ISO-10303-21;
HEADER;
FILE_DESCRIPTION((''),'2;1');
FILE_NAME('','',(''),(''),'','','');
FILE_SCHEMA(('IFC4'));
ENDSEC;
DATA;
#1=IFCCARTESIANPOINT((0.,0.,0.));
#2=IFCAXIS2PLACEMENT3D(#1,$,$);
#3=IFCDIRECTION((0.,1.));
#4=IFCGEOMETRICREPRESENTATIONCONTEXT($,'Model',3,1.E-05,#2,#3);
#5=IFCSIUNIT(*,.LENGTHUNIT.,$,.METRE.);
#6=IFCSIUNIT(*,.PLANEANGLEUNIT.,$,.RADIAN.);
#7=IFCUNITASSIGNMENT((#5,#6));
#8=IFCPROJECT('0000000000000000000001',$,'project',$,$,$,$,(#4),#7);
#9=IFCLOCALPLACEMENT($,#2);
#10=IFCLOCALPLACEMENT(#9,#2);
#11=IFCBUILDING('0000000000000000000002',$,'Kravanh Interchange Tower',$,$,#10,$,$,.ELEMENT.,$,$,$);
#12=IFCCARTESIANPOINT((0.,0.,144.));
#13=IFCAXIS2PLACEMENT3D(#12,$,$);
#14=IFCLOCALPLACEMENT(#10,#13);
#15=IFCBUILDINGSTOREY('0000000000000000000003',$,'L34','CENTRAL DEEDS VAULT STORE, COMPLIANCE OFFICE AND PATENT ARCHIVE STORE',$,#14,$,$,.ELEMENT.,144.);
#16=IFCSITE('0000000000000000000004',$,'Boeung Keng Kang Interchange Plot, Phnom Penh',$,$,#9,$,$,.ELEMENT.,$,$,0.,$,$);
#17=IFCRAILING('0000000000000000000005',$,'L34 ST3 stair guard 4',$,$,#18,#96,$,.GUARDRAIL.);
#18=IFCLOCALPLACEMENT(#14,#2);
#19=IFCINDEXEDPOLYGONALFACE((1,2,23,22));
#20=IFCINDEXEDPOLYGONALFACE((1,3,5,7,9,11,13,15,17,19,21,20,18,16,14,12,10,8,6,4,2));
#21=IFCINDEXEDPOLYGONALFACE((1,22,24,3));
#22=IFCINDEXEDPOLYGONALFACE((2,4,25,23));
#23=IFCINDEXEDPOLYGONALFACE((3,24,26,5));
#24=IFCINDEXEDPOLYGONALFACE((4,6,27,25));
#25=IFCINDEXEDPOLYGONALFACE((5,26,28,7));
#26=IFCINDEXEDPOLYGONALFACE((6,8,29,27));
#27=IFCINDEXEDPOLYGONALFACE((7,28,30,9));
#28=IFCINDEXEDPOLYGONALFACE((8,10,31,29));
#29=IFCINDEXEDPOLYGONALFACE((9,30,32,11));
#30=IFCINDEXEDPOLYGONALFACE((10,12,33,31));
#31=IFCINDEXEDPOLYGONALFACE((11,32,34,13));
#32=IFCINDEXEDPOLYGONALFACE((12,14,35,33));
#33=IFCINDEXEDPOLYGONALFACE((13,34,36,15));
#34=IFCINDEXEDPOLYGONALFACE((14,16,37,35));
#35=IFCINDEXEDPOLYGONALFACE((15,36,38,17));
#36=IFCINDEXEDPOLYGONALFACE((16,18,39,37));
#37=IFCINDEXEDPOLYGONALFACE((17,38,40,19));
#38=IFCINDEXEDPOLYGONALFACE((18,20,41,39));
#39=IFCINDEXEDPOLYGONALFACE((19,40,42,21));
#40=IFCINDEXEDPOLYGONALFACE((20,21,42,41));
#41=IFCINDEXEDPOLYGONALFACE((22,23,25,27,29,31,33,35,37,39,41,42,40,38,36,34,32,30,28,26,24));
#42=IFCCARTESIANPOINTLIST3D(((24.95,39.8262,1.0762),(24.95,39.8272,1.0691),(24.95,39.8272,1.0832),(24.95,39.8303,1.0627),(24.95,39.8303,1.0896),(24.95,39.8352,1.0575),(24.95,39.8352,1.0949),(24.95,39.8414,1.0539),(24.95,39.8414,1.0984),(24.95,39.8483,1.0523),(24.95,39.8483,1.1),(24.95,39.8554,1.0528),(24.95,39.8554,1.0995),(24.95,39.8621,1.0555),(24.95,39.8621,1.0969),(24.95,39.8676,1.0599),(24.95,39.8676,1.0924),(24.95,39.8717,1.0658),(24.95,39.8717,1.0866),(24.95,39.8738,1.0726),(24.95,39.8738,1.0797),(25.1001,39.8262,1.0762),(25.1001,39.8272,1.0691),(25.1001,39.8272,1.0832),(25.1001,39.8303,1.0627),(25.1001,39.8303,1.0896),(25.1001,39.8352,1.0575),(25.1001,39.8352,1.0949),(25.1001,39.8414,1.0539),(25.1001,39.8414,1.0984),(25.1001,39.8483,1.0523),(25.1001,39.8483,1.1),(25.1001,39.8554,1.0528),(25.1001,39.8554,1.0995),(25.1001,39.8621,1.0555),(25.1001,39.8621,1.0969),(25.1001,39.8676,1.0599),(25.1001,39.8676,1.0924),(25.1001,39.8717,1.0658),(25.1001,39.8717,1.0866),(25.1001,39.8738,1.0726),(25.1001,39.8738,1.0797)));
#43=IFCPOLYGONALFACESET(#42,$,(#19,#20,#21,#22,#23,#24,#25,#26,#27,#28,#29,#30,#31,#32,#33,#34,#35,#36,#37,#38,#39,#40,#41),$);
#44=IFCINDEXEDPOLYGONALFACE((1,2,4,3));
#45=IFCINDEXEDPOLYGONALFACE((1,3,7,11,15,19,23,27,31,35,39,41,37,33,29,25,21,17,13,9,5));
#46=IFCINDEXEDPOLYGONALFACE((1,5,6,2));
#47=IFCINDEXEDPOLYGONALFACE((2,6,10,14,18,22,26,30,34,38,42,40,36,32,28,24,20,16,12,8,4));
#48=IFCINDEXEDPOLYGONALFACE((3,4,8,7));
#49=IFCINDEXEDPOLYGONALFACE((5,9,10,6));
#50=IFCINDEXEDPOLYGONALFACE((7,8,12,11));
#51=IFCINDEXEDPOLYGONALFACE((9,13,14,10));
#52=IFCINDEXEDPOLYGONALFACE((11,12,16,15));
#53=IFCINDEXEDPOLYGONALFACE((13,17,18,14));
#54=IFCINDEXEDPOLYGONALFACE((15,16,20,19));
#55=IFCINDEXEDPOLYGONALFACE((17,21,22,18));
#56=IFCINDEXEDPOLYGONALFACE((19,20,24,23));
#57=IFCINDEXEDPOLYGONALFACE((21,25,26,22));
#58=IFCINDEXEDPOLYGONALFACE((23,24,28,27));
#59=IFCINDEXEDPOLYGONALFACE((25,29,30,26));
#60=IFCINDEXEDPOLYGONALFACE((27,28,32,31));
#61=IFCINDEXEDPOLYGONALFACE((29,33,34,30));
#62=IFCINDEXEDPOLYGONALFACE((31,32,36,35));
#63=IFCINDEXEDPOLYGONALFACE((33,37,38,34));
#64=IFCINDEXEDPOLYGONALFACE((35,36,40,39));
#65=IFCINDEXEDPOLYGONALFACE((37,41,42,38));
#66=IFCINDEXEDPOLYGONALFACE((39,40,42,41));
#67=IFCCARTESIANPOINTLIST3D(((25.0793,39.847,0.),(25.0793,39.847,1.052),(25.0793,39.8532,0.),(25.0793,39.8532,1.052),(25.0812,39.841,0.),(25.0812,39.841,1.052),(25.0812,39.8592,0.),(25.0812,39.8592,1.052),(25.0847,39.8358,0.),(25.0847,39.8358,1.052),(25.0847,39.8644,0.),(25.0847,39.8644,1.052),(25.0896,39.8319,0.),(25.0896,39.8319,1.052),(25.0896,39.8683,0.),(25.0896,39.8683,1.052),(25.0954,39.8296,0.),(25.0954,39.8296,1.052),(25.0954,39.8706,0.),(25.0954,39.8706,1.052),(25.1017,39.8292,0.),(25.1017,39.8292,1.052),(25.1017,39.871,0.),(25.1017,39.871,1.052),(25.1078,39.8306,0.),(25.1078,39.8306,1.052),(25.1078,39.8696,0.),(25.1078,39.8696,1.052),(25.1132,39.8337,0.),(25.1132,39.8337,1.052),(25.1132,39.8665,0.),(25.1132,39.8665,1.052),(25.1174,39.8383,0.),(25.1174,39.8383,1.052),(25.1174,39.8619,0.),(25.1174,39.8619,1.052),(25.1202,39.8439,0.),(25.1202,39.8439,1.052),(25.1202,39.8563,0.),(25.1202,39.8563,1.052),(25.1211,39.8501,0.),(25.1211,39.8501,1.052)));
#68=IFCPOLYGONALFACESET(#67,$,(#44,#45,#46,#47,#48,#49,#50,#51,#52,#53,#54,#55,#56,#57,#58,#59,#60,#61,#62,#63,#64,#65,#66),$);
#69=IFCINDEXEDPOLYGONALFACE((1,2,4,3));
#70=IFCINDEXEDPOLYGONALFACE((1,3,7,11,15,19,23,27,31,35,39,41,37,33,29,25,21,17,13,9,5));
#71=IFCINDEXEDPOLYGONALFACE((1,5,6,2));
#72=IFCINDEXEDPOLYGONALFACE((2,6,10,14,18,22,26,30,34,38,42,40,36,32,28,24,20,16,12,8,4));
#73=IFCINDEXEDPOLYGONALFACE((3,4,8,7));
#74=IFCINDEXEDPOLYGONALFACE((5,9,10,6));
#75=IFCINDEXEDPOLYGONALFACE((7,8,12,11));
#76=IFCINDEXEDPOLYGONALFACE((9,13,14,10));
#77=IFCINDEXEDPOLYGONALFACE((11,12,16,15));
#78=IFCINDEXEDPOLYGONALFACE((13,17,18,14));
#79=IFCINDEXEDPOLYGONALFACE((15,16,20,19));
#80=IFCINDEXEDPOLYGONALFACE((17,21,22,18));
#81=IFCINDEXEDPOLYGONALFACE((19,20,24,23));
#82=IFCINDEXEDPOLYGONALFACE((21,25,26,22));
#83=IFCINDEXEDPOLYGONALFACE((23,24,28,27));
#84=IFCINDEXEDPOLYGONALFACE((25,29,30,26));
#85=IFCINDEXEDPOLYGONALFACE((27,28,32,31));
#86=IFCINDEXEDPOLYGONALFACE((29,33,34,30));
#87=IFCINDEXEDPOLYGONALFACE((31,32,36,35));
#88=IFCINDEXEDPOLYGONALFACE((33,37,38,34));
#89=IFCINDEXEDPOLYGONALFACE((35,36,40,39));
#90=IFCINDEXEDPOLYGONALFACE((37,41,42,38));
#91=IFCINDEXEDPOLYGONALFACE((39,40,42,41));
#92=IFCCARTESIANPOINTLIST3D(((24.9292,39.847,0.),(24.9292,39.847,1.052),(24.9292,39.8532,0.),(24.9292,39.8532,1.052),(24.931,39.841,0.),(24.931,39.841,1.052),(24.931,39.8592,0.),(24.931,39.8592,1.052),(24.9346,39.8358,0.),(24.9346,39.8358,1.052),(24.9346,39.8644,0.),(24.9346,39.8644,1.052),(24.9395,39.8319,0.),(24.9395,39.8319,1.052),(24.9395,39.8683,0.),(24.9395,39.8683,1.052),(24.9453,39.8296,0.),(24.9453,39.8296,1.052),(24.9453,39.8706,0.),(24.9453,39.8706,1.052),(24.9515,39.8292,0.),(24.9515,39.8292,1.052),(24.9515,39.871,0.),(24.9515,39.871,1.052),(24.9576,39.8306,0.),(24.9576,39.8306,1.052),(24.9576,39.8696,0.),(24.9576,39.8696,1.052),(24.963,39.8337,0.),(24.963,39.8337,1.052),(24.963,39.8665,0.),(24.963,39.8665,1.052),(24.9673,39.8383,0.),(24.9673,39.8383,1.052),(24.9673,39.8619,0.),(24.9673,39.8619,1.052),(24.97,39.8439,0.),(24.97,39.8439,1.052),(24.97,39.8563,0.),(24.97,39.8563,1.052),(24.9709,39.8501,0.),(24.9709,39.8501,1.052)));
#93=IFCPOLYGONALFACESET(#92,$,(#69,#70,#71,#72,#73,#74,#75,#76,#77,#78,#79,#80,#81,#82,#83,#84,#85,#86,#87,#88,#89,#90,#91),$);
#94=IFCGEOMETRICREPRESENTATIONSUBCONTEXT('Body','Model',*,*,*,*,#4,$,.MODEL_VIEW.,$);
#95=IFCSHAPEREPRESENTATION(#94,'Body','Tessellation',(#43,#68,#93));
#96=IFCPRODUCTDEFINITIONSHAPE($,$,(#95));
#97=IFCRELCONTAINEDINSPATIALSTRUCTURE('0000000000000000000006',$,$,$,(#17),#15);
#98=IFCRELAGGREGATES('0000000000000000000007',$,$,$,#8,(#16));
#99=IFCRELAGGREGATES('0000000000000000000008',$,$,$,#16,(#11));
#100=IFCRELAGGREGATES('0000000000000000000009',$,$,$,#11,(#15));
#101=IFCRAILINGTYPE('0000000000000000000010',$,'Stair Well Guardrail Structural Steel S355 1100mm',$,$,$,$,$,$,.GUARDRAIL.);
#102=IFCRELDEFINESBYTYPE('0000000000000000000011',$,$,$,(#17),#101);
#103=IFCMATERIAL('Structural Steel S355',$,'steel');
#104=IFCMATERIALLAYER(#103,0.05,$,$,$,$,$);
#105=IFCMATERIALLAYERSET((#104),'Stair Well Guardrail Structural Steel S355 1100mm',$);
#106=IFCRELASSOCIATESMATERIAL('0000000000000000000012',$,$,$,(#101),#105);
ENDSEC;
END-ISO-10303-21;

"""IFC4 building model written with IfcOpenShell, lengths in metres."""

from ifc_helpers import new_model, si_unit, direction, frame, origin, origin_2d, place, context, subcontext, project, spatial, circle, extrude, material, layer, layer_set, type_object, element, save


model = new_model("IFC4")

# Units and contexts
model_context = context("Model", 3, precision=1e-05, world=origin(), true_north=direction((0.0, 1.0)))
body_context = subcontext(model_context, "Body", "Model", "MODEL_VIEW")
ifc_project = project(units=[si_unit("LENGTHUNIT", "METRE"), si_unit("PLANEANGLEUNIT", "RADIAN")], contexts=[model_context])

# Site, building, storey
site_placement = place(None, origin())
site = spatial("IfcSite", under=ifc_project, at=site_placement, Name="Boeung Keng Kang Interchange Plot, Phnom Penh", CompositionType="ELEMENT", RefElevation=0.0)
building_placement = place(site_placement, origin())
building = spatial("IfcBuilding", under=site, at=building_placement, Name="Kravanh Interchange Tower", CompositionType="ELEMENT")
storey_placement = place(building_placement, frame((0.0, 0.0, 144.0)))
storey = spatial("IfcBuildingStorey", under=building, at=storey_placement, Name="L34", Description="CENTRAL DEEDS VAULT STORE, COMPLIANCE OFFICE AND PATENT ARCHIVE STORE", CompositionType="ELEMENT", Elevation=144.0)

# Railing
ifc_material_1 = material(Name="Structural Steel S355", Category="steel")
ifc_layer_1 = layer(ifc_material_1, 0.05)
ifc_layer_set_1 = layer_set([ifc_layer_1], Name="Stair Well Guardrail Structural Steel S355 1100mm")
railing_type_1 = type_object("IfcRailingType", Name="Stair Well Guardrail Structural Steel S355 1100mm", PredefinedType="GUARDRAIL", material=ifc_layer_set_1)
railing_1_placement = place(storey_placement, frame((25.1001, 39.8501, 0.0)))
element("IfcRailing", 1, at=railing_1_placement, inside=storey, type_object=railing_type_1, Name="L34 ST3 stair guard 4", PredefinedType="GUARDRAIL", context=body_context, shape_type="SweptSolid", body=[
    extrude(circle(Radius=0.0239, at=origin_2d()), frame((0.0, 0.0, 1.0762), z_axis=(-1.0, 0.0, 0.0), x_axis=(0.0, -1.0, 0.0)), (0.0, 0.0, 1.0), 0.1501),
    extrude(circle(Radius=0.021, at=origin_2d()), origin(), (0.0, 0.0, 1.0), 1.052),
    extrude(circle(Radius=0.021, at=origin_2d()), frame((-0.1501, 0.0, 0.0)), (0.0, 0.0, 1.0), 1.052),
])

save(model, "model.ifc")
